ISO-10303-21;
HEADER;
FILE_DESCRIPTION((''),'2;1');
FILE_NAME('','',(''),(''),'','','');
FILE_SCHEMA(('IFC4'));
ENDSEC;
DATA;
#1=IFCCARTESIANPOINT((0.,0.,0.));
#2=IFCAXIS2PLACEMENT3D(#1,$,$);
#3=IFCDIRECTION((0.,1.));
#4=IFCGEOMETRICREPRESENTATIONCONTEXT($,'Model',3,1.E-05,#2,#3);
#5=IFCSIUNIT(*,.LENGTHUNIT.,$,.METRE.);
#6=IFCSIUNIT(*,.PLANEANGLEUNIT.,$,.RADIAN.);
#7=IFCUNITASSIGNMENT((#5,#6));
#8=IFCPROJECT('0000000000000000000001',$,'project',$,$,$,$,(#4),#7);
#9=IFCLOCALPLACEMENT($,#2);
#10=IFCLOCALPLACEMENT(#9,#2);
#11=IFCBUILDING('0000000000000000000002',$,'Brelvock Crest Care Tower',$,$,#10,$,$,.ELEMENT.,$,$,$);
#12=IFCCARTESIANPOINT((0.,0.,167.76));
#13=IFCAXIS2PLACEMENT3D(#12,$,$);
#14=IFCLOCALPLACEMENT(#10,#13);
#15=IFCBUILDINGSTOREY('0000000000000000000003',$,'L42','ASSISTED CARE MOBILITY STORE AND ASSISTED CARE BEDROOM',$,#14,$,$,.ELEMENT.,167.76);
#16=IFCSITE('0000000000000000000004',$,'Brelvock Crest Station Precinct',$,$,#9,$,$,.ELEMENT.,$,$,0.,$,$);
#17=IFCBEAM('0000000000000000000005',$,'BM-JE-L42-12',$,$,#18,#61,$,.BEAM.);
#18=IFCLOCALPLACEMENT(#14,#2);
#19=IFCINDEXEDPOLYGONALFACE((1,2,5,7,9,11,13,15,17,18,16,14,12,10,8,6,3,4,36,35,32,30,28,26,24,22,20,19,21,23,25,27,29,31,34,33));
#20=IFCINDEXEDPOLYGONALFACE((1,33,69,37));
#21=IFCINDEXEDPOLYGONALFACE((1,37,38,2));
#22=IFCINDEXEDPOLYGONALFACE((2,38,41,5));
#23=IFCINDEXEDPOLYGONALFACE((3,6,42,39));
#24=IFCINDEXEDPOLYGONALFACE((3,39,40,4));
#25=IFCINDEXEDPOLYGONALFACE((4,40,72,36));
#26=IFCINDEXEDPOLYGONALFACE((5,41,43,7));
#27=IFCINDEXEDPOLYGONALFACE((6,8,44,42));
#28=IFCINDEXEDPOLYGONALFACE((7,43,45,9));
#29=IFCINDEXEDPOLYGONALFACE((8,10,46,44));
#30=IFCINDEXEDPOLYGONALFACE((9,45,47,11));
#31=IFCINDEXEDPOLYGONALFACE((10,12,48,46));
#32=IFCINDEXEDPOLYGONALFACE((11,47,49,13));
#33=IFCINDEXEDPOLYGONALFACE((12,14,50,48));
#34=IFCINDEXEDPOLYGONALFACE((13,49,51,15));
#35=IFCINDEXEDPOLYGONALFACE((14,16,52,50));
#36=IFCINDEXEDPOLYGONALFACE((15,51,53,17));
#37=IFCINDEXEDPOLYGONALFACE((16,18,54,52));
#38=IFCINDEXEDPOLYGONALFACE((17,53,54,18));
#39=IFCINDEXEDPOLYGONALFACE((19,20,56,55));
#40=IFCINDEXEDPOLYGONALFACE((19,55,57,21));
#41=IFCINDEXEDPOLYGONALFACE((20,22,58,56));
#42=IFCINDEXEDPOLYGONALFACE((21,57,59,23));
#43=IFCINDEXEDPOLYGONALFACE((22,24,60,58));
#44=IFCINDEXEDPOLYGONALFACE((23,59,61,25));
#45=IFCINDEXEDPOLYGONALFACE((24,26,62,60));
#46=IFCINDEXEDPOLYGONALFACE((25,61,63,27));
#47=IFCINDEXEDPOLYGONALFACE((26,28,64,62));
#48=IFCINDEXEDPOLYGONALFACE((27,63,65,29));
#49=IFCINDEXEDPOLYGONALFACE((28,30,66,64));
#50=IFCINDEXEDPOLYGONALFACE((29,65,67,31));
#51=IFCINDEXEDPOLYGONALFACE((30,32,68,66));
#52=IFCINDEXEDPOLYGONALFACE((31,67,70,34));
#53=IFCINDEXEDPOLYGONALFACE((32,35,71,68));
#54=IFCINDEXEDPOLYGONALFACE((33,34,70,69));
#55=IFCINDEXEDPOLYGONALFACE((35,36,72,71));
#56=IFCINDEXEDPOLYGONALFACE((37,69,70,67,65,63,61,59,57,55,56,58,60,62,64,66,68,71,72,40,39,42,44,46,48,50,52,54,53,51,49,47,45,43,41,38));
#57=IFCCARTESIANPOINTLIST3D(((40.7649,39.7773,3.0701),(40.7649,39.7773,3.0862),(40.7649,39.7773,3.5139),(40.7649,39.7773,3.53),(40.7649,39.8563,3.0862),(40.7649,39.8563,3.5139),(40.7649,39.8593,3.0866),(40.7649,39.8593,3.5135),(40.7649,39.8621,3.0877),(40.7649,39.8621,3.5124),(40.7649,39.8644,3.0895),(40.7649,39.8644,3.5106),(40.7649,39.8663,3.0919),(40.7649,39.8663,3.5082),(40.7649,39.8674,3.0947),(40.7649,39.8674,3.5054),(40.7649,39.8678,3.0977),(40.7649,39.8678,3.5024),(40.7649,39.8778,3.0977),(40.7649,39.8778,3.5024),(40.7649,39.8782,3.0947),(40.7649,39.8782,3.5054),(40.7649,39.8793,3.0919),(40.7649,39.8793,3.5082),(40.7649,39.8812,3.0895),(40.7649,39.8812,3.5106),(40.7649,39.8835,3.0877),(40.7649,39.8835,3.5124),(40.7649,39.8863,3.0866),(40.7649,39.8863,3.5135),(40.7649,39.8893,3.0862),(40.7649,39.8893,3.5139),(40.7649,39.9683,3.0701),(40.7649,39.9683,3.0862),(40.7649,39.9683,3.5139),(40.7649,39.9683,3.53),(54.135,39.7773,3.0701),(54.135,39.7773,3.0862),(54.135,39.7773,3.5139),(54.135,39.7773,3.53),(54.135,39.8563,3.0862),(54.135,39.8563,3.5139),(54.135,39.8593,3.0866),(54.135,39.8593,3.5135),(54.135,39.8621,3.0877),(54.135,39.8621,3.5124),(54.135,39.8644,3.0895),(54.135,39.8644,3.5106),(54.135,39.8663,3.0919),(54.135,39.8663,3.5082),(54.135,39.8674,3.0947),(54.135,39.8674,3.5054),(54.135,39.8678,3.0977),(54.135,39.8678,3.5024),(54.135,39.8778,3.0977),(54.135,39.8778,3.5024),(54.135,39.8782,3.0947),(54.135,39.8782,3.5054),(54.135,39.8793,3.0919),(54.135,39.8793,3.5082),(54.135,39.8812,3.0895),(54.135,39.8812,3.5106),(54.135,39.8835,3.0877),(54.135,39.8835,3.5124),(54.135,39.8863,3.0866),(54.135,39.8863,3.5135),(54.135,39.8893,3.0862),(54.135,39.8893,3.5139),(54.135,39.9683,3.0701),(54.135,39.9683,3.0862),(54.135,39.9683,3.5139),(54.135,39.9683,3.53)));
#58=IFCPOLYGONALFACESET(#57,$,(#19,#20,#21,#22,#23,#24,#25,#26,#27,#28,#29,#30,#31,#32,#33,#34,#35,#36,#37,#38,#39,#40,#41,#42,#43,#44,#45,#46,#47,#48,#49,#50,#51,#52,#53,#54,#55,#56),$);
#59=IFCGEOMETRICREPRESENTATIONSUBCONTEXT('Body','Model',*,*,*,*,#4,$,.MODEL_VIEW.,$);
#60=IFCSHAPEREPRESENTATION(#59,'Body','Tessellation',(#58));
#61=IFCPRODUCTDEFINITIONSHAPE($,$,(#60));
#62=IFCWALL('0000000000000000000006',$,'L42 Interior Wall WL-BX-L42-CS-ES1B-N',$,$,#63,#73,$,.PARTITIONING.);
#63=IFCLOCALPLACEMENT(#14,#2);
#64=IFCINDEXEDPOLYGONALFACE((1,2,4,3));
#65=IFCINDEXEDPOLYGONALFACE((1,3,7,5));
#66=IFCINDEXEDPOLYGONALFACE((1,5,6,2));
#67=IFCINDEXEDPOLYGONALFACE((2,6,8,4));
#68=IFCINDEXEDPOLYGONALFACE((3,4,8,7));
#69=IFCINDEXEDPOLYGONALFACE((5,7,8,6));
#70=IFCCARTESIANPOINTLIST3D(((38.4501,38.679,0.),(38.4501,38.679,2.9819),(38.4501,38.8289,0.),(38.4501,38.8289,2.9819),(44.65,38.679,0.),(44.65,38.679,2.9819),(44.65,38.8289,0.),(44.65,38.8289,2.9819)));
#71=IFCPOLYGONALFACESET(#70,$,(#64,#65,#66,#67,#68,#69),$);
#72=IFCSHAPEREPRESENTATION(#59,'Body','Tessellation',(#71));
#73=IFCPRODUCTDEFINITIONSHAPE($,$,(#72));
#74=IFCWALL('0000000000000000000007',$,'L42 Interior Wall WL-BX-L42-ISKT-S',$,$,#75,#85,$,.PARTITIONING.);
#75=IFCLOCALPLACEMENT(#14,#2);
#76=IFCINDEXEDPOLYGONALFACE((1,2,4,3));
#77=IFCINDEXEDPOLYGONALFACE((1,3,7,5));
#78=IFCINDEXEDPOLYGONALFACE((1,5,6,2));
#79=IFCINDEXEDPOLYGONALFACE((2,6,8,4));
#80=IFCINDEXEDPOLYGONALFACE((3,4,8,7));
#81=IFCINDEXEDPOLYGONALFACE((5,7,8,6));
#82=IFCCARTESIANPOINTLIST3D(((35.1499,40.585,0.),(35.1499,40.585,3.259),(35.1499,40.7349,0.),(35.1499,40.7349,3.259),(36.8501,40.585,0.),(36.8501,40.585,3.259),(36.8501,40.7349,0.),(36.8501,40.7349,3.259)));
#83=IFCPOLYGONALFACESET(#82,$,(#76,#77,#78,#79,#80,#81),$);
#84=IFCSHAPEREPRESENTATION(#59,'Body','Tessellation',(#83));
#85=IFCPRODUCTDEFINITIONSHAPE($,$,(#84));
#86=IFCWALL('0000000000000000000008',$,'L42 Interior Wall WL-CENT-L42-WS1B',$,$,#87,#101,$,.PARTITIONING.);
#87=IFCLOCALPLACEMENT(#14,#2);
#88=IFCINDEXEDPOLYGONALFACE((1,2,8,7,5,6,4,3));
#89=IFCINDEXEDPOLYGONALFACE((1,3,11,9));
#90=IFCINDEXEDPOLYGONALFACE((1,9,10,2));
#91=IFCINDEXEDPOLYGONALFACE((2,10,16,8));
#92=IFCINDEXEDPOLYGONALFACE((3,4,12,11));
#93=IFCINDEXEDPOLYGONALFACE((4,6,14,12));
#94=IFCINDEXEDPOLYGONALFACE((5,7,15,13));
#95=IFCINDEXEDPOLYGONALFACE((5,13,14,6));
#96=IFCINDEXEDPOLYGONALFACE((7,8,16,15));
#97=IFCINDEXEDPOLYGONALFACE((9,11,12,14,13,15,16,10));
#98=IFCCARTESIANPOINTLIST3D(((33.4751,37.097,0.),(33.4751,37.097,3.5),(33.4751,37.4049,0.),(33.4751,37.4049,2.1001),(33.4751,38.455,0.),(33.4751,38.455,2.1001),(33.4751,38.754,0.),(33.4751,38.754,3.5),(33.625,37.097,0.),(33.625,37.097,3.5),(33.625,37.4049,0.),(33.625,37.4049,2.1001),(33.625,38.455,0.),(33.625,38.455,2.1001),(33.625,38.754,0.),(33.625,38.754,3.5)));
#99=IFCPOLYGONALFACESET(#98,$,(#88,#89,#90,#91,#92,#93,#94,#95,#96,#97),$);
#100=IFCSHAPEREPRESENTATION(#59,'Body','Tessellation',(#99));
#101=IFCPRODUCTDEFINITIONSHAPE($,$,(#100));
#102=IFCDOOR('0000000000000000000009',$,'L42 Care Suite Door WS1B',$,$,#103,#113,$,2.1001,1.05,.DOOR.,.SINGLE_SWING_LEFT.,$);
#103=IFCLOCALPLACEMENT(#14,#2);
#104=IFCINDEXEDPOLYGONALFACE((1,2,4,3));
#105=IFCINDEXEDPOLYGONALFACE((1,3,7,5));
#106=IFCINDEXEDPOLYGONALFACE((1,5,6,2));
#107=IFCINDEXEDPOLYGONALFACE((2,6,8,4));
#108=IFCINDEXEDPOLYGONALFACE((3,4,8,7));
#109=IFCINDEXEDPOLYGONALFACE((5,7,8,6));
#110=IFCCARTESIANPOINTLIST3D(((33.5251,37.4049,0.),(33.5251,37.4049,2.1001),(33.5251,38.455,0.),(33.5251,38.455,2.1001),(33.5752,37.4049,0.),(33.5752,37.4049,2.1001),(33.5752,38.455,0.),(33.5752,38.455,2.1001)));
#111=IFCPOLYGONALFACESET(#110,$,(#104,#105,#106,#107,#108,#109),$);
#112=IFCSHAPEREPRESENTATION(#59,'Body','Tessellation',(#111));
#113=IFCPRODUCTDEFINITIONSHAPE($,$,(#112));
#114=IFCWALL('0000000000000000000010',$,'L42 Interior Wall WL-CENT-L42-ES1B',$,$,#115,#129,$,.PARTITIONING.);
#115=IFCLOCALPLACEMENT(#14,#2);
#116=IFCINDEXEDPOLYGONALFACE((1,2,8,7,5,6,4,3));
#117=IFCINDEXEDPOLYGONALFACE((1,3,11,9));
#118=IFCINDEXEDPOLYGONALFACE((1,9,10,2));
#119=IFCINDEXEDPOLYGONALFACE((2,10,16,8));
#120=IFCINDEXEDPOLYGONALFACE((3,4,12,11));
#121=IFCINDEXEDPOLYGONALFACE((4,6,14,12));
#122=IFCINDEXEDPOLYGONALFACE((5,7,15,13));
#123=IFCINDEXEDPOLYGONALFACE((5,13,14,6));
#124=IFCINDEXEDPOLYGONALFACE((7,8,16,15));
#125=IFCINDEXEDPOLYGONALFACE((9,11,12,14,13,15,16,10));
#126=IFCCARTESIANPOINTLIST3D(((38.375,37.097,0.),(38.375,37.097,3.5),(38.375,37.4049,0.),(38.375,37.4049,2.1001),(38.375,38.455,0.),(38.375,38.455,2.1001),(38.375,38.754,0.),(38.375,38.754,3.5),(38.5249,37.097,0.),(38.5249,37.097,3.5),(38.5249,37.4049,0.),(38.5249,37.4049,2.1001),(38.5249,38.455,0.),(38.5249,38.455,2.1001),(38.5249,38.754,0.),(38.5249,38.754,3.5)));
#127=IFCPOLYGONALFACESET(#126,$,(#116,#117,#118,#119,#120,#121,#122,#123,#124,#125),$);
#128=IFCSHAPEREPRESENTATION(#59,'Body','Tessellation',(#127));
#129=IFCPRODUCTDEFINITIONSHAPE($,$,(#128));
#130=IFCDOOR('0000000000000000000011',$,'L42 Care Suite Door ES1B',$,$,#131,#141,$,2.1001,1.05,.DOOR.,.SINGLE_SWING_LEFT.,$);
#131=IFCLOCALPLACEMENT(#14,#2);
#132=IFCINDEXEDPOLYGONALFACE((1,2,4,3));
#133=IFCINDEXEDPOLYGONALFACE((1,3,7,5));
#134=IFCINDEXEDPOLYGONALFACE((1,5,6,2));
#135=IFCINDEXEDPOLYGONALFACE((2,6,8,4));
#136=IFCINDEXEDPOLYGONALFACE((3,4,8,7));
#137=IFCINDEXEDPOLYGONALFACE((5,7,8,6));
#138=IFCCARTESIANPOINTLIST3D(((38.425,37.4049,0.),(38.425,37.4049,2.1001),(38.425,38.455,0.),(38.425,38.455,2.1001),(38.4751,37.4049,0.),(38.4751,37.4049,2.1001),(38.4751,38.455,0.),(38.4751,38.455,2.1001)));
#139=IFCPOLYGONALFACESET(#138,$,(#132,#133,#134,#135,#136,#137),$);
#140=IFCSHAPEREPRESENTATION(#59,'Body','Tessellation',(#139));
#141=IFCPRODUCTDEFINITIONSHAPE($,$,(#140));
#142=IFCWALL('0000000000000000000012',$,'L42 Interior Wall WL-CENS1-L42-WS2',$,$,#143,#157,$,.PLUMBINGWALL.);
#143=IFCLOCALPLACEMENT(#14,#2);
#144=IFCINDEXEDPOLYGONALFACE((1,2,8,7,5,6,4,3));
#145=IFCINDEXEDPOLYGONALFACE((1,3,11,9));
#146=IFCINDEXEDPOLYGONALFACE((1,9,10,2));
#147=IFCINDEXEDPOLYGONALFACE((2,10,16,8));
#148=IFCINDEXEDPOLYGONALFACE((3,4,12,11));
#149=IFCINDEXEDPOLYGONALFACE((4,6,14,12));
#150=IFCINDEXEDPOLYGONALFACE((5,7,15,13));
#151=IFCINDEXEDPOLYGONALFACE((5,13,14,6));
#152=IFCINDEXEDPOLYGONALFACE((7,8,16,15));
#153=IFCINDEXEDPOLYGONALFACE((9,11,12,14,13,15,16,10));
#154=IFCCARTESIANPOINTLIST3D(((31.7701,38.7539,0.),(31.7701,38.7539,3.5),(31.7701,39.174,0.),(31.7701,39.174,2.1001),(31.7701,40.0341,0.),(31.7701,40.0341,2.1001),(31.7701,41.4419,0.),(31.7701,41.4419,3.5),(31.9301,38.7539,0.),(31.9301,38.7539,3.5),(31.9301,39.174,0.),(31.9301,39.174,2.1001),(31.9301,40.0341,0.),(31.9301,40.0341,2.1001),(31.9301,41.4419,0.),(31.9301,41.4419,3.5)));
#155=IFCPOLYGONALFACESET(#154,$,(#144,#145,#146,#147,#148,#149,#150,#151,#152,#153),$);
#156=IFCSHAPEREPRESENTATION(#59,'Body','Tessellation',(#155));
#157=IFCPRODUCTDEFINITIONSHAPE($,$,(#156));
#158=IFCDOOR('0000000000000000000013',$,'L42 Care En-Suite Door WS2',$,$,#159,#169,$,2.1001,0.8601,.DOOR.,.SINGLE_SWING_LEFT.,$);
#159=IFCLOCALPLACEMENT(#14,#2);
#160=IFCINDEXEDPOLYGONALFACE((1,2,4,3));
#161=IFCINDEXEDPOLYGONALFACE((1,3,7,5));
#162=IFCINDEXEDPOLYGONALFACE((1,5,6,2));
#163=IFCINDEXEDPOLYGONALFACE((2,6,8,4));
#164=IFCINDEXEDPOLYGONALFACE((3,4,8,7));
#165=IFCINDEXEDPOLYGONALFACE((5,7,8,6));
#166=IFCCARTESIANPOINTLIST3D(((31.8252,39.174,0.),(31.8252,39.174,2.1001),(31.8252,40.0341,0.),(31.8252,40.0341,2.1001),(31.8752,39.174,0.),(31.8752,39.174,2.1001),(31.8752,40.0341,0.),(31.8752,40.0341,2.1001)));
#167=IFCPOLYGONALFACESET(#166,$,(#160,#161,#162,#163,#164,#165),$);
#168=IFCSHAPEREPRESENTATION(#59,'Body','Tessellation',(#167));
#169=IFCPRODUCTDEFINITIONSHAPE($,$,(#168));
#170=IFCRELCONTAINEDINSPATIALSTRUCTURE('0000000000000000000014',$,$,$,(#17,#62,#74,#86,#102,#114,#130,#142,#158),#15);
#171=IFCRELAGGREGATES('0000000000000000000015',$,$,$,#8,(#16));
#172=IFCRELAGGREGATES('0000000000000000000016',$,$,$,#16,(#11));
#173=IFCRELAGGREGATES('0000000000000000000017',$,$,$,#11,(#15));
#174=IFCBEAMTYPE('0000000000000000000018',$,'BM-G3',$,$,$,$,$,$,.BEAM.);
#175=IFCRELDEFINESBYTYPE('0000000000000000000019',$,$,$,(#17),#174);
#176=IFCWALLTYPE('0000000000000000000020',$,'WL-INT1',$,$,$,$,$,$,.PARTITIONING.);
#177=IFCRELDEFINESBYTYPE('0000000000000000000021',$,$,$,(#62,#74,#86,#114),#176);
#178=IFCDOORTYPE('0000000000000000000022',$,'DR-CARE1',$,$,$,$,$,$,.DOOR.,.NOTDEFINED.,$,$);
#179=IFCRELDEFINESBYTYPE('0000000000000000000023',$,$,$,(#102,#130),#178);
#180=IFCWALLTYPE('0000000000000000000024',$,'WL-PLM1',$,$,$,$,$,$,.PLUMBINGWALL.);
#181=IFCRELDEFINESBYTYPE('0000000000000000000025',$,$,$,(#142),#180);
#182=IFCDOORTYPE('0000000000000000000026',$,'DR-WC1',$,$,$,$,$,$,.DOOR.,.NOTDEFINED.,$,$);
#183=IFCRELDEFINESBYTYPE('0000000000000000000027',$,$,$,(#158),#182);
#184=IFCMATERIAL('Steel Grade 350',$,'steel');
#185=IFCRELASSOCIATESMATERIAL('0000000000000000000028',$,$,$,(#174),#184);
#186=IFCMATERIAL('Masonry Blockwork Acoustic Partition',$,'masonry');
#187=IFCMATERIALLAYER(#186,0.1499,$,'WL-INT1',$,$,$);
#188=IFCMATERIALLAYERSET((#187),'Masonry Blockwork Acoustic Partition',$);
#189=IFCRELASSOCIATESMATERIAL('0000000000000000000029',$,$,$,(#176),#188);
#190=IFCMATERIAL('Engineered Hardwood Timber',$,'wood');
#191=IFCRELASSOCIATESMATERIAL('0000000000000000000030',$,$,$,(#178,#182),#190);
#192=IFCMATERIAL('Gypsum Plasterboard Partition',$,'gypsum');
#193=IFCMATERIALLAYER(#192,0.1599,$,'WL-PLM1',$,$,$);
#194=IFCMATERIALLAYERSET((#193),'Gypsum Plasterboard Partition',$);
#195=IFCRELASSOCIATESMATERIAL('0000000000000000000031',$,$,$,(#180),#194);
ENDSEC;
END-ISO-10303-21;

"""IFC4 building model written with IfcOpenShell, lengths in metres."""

from ifc_helpers import new_model, si_unit, direction, frame, frame_2d, origin, origin_2d, place, context, subcontext, project, spatial, rectangle, i_section, extrude, source, transform, mapped, material, layer, layer_set, material_profile, profile_set, type_object, element, fill, save


model = new_model("IFC4")

# Units and contexts
model_context = context("Model", 3, precision=1e-05, world=origin(), true_north=direction((0.0, 1.0)))
body_context = subcontext(model_context, "Body", "Model", "MODEL_VIEW")
ifc_project = project(units=[si_unit("LENGTHUNIT", "METRE"), si_unit("PLANEANGLEUNIT", "RADIAN")], contexts=[model_context])

# Site, building, storey
site_placement = place(None, origin())
site = spatial("IfcSite", under=ifc_project, at=site_placement, Name="Brelvock Crest Station Precinct", CompositionType="ELEMENT", RefElevation=0.0)
building_placement = place(site_placement, origin())
building = spatial("IfcBuilding", under=site, at=building_placement, Name="Brelvock Crest Care Tower", CompositionType="ELEMENT")
storey_placement = place(building_placement, frame((0.0, 0.0, 167.76)))
storey = spatial("IfcBuildingStorey", under=building, at=storey_placement, Name="L42", Description="ASSISTED CARE MOBILITY STORE AND ASSISTED CARE BEDROOM", CompositionType="ELEMENT", Elevation=167.76)

# Beam
ifc_material_1 = material(Name="Steel Grade 350", Category="steel")
ifc_material_profile_1 = material_profile(ifc_material_1, i_section(OverallWidth=0.1909, OverallDepth=0.46, WebThickness=0.01, FlangeThickness=0.0161, FilletRadius=0.0115, at=origin_2d()), Name="460UB82.1")
ifc_profile_set_1 = profile_set([ifc_material_profile_1], Name="Steel Grade 350")
beam_type_1 = type_object("IfcBeamType", Name="BM-G3", PredefinedType="BEAM", material=ifc_profile_set_1)
shared_shape_1 = source(origin(), body_context, "Body", "SweptSolid", [
    extrude(i_section(OverallWidth=0.1909, OverallDepth=0.46, WebThickness=0.01, FlangeThickness=0.0161, FilletRadius=0.0115, at=origin_2d()), origin(), (0.0, 0.0, 1.0), 13.3701),
])
for number, where, z_axis, x_axis, name in (
    (1, (40.7649, 39.8728, 3.3), (1.0, 0.0, 0.0), (0.0, 1.0, 0.0), "BM-JE-L42-12"),
):
    element("IfcBeam", number, at=place(storey_placement, frame(where, z_axis=z_axis, x_axis=x_axis)), inside=storey, type_object=beam_type_1, Name=name, PredefinedType="BEAM", context=body_context, shape_type="MappedRepresentation", body=[
        mapped(shared_shape_1, transform((0.0, 0.0, 0.0), x_axis=(1.0, 0.0, 0.0), y_axis=(0.0, 1.0, 0.0), z_axis=(0.0, 0.0, 1.0), scale=1.0)),
    ])

# Walls
ifc_material_2 = material(Name="Masonry Blockwork Acoustic Partition", Category="masonry")
ifc_layer_1 = layer(ifc_material_2, 0.1499, Name="WL-INT1")
ifc_layer_set_1 = layer_set([ifc_layer_1], Name="Masonry Blockwork Acoustic Partition")
wall_type_1 = type_object("IfcWallType", Name="WL-INT1", PredefinedType="PARTITIONING", material=ifc_layer_set_1)
wall_1_placement = place(storey_placement, frame((38.45, 38.7539, 0.0), z_axis=(0.0, 0.0, 1.0), x_axis=(1.0, 0.0, 0.0)))
element("IfcWall", 2, at=wall_1_placement, inside=storey, type_object=wall_type_1, Name="L42 Interior Wall WL-BX-L42-CS-ES1B-N", PredefinedType="PARTITIONING", context=body_context, shape_type="SweptSolid", body=[
    extrude(rectangle(XDim=6.2, YDim=0.1499, at=frame_2d((3.1001, 0.0))), origin(), (0.0, 0.0, 1.0), 2.9819),
])
wall_2_placement = place(storey_placement, frame((35.1499, 40.6599, 0.0), z_axis=(0.0, 0.0, 1.0), x_axis=(1.0, 0.0, 0.0)))
element("IfcWall", 3, at=wall_2_placement, inside=storey, type_object=wall_type_1, Name="L42 Interior Wall WL-BX-L42-ISKT-S", PredefinedType="PARTITIONING", context=body_context, shape_type="SweptSolid", body=[
    extrude(rectangle(XDim=1.7002, YDim=0.1499, at=frame_2d((0.8501, 0.0))), origin(), (0.0, 0.0, 1.0), 3.259),
])

# Walls, openings, doors
wall_3_placement = place(storey_placement, frame((33.55, 37.0969, 0.0), z_axis=(0.0, 0.0, 1.0), x_axis=(0.0, 1.0, 0.0)))
wall_3 = element("IfcWall", 4, at=wall_3_placement, inside=storey, type_object=wall_type_1, Name="L42 Interior Wall WL-CENT-L42-WS1B", PredefinedType="PARTITIONING", context=body_context, shape_type="SweptSolid", body=[
    extrude(rectangle(XDim=1.657, YDim=0.1499, at=frame_2d((0.8286, 0.0))), origin(), (0.0, 0.0, 1.0), 3.5),
])
opening_1_placement = place(wall_3_placement, frame((0.3081, 0.0, 0.0)))
opening_1 = element("IfcOpeningElement", 5, at=opening_1_placement, cuts=wall_3, PredefinedType="OPENING", context=body_context, shape_type="SweptSolid", body=[
    extrude(rectangle(XDim=1.05, YDim=2.1001, at=origin_2d()), frame((0.5249, 0.085, 1.05), z_axis=(0.0, -1.0, 0.0), x_axis=(1.0, 0.0, 0.0)), (0.0, 0.0, 1.0), 0.1699),
])
ifc_material_3 = material(Name="Engineered Hardwood Timber", Category="wood")
door_type_1 = type_object("IfcDoorType", Name="DR-CARE1", OperationType="NOTDEFINED", PredefinedType="DOOR", material=ifc_material_3)
shared_shape_2 = source(origin(), body_context, "Body", "SweptSolid", [
    extrude(rectangle(XDim=1.05, YDim=2.1001, at=origin_2d()), frame((0.5249, 0.0249, 1.05), z_axis=(0.0, -1.0, 0.0), x_axis=(1.0, 0.0, 0.0)), (0.0, 0.0, 1.0), 0.05),
])
door_1_placement = place(opening_1_placement, origin())
door_1 = element("IfcDoor", 6, at=door_1_placement, inside=storey, type_object=door_type_1, Name="L42 Care Suite Door WS1B", OperationType="SINGLE_SWING_LEFT", OverallHeight=2.1001, OverallWidth=1.05, PredefinedType="DOOR", context=body_context, shape_type="MappedRepresentation", body=[
    mapped(shared_shape_2, transform((0.0, 0.0, 0.0), x_axis=(1.0, 0.0, 0.0), y_axis=(0.0, 1.0, 0.0), z_axis=(0.0, 0.0, 1.0), scale=1.0)),
])
fill(opening_1, door_1)
wall_4_placement = place(storey_placement, frame((38.45, 37.0969, 0.0), z_axis=(0.0, 0.0, 1.0), x_axis=(0.0, 1.0, 0.0)))
wall_4 = element("IfcWall", 7, at=wall_4_placement, inside=storey, type_object=wall_type_1, Name="L42 Interior Wall WL-CENT-L42-ES1B", PredefinedType="PARTITIONING", context=body_context, shape_type="SweptSolid", body=[
    extrude(rectangle(XDim=1.657, YDim=0.1499, at=frame_2d((0.8286, 0.0))), origin(), (0.0, 0.0, 1.0), 3.5),
])
opening_2_placement = place(wall_4_placement, frame((0.3081, 0.0, 0.0)))
opening_2 = element("IfcOpeningElement", 8, at=opening_2_placement, cuts=wall_4, PredefinedType="OPENING", context=body_context, shape_type="SweptSolid", body=[
    extrude(rectangle(XDim=1.05, YDim=2.1001, at=origin_2d()), frame((0.5249, 0.085, 1.05), z_axis=(0.0, -1.0, 0.0), x_axis=(1.0, 0.0, 0.0)), (0.0, 0.0, 1.0), 0.1699),
])
door_2_placement = place(opening_2_placement, origin())
door_2 = element("IfcDoor", 9, at=door_2_placement, inside=storey, type_object=door_type_1, Name="L42 Care Suite Door ES1B", OperationType="SINGLE_SWING_LEFT", OverallHeight=2.1001, OverallWidth=1.05, PredefinedType="DOOR", context=body_context, shape_type="MappedRepresentation", body=[
    mapped(shared_shape_2, transform((0.0, 0.0, 0.0), x_axis=(1.0, 0.0, 0.0), y_axis=(0.0, 1.0, 0.0), z_axis=(0.0, 0.0, 1.0), scale=1.0)),
])
fill(opening_2, door_2)
ifc_material_4 = material(Name="Gypsum Plasterboard Partition", Category="gypsum")
ifc_layer_2 = layer(ifc_material_4, 0.1599, Name="WL-PLM1")
ifc_layer_set_2 = layer_set([ifc_layer_2], Name="Gypsum Plasterboard Partition")
wall_type_2 = type_object("IfcWallType", Name="WL-PLM1", PredefinedType="PLUMBINGWALL", material=ifc_layer_set_2)
wall_5_placement = place(storey_placement, frame((31.8501, 38.7539, 0.0), z_axis=(0.0, 0.0, 1.0), x_axis=(0.0, 1.0, 0.0)))
wall_5 = element("IfcWall", 10, at=wall_5_placement, inside=storey, type_object=wall_type_2, Name="L42 Interior Wall WL-CENS1-L42-WS2", PredefinedType="PLUMBINGWALL", context=body_context, shape_type="SweptSolid", body=[
    extrude(rectangle(XDim=2.688, YDim=0.1599, at=frame_2d((1.344, 0.0))), origin(), (0.0, 0.0, 1.0), 3.5),
])
opening_3_placement = place(wall_5_placement, frame((0.4199, 0.0, 0.0)))
opening_3 = element("IfcOpeningElement", 11, at=opening_3_placement, cuts=wall_5, PredefinedType="OPENING", context=body_context, shape_type="SweptSolid", body=[
    extrude(rectangle(XDim=0.8601, YDim=2.1001, at=origin_2d()), frame((0.4302, 0.0898, 1.05), z_axis=(0.0, -1.0, 0.0), x_axis=(1.0, 0.0, 0.0)), (0.0, 0.0, 1.0), 0.1799),
])
door_type_2 = type_object("IfcDoorType", Name="DR-WC1", OperationType="NOTDEFINED", PredefinedType="DOOR", material=ifc_material_3)
shared_shape_3 = source(origin(), body_context, "Body", "SweptSolid", [
    extrude(rectangle(XDim=0.8601, YDim=2.1001, at=origin_2d()), frame((0.4302, 0.0249, 1.05), z_axis=(0.0, -1.0, 0.0), x_axis=(1.0, 0.0, 0.0)), (0.0, 0.0, 1.0), 0.05),
])
door_3_placement = place(opening_3_placement, origin())
door_3 = element("IfcDoor", 12, at=door_3_placement, inside=storey, type_object=door_type_2, Name="L42 Care En-Suite Door WS2", OperationType="SINGLE_SWING_LEFT", OverallHeight=2.1001, OverallWidth=0.8601, PredefinedType="DOOR", context=body_context, shape_type="MappedRepresentation", body=[
    mapped(shared_shape_3, transform((0.0, 0.0, 0.0), x_axis=(1.0, 0.0, 0.0), y_axis=(0.0, 1.0, 0.0), z_axis=(0.0, 0.0, 1.0), scale=1.0)),
])
fill(opening_3, door_3)

save(model, "model.ifc")
